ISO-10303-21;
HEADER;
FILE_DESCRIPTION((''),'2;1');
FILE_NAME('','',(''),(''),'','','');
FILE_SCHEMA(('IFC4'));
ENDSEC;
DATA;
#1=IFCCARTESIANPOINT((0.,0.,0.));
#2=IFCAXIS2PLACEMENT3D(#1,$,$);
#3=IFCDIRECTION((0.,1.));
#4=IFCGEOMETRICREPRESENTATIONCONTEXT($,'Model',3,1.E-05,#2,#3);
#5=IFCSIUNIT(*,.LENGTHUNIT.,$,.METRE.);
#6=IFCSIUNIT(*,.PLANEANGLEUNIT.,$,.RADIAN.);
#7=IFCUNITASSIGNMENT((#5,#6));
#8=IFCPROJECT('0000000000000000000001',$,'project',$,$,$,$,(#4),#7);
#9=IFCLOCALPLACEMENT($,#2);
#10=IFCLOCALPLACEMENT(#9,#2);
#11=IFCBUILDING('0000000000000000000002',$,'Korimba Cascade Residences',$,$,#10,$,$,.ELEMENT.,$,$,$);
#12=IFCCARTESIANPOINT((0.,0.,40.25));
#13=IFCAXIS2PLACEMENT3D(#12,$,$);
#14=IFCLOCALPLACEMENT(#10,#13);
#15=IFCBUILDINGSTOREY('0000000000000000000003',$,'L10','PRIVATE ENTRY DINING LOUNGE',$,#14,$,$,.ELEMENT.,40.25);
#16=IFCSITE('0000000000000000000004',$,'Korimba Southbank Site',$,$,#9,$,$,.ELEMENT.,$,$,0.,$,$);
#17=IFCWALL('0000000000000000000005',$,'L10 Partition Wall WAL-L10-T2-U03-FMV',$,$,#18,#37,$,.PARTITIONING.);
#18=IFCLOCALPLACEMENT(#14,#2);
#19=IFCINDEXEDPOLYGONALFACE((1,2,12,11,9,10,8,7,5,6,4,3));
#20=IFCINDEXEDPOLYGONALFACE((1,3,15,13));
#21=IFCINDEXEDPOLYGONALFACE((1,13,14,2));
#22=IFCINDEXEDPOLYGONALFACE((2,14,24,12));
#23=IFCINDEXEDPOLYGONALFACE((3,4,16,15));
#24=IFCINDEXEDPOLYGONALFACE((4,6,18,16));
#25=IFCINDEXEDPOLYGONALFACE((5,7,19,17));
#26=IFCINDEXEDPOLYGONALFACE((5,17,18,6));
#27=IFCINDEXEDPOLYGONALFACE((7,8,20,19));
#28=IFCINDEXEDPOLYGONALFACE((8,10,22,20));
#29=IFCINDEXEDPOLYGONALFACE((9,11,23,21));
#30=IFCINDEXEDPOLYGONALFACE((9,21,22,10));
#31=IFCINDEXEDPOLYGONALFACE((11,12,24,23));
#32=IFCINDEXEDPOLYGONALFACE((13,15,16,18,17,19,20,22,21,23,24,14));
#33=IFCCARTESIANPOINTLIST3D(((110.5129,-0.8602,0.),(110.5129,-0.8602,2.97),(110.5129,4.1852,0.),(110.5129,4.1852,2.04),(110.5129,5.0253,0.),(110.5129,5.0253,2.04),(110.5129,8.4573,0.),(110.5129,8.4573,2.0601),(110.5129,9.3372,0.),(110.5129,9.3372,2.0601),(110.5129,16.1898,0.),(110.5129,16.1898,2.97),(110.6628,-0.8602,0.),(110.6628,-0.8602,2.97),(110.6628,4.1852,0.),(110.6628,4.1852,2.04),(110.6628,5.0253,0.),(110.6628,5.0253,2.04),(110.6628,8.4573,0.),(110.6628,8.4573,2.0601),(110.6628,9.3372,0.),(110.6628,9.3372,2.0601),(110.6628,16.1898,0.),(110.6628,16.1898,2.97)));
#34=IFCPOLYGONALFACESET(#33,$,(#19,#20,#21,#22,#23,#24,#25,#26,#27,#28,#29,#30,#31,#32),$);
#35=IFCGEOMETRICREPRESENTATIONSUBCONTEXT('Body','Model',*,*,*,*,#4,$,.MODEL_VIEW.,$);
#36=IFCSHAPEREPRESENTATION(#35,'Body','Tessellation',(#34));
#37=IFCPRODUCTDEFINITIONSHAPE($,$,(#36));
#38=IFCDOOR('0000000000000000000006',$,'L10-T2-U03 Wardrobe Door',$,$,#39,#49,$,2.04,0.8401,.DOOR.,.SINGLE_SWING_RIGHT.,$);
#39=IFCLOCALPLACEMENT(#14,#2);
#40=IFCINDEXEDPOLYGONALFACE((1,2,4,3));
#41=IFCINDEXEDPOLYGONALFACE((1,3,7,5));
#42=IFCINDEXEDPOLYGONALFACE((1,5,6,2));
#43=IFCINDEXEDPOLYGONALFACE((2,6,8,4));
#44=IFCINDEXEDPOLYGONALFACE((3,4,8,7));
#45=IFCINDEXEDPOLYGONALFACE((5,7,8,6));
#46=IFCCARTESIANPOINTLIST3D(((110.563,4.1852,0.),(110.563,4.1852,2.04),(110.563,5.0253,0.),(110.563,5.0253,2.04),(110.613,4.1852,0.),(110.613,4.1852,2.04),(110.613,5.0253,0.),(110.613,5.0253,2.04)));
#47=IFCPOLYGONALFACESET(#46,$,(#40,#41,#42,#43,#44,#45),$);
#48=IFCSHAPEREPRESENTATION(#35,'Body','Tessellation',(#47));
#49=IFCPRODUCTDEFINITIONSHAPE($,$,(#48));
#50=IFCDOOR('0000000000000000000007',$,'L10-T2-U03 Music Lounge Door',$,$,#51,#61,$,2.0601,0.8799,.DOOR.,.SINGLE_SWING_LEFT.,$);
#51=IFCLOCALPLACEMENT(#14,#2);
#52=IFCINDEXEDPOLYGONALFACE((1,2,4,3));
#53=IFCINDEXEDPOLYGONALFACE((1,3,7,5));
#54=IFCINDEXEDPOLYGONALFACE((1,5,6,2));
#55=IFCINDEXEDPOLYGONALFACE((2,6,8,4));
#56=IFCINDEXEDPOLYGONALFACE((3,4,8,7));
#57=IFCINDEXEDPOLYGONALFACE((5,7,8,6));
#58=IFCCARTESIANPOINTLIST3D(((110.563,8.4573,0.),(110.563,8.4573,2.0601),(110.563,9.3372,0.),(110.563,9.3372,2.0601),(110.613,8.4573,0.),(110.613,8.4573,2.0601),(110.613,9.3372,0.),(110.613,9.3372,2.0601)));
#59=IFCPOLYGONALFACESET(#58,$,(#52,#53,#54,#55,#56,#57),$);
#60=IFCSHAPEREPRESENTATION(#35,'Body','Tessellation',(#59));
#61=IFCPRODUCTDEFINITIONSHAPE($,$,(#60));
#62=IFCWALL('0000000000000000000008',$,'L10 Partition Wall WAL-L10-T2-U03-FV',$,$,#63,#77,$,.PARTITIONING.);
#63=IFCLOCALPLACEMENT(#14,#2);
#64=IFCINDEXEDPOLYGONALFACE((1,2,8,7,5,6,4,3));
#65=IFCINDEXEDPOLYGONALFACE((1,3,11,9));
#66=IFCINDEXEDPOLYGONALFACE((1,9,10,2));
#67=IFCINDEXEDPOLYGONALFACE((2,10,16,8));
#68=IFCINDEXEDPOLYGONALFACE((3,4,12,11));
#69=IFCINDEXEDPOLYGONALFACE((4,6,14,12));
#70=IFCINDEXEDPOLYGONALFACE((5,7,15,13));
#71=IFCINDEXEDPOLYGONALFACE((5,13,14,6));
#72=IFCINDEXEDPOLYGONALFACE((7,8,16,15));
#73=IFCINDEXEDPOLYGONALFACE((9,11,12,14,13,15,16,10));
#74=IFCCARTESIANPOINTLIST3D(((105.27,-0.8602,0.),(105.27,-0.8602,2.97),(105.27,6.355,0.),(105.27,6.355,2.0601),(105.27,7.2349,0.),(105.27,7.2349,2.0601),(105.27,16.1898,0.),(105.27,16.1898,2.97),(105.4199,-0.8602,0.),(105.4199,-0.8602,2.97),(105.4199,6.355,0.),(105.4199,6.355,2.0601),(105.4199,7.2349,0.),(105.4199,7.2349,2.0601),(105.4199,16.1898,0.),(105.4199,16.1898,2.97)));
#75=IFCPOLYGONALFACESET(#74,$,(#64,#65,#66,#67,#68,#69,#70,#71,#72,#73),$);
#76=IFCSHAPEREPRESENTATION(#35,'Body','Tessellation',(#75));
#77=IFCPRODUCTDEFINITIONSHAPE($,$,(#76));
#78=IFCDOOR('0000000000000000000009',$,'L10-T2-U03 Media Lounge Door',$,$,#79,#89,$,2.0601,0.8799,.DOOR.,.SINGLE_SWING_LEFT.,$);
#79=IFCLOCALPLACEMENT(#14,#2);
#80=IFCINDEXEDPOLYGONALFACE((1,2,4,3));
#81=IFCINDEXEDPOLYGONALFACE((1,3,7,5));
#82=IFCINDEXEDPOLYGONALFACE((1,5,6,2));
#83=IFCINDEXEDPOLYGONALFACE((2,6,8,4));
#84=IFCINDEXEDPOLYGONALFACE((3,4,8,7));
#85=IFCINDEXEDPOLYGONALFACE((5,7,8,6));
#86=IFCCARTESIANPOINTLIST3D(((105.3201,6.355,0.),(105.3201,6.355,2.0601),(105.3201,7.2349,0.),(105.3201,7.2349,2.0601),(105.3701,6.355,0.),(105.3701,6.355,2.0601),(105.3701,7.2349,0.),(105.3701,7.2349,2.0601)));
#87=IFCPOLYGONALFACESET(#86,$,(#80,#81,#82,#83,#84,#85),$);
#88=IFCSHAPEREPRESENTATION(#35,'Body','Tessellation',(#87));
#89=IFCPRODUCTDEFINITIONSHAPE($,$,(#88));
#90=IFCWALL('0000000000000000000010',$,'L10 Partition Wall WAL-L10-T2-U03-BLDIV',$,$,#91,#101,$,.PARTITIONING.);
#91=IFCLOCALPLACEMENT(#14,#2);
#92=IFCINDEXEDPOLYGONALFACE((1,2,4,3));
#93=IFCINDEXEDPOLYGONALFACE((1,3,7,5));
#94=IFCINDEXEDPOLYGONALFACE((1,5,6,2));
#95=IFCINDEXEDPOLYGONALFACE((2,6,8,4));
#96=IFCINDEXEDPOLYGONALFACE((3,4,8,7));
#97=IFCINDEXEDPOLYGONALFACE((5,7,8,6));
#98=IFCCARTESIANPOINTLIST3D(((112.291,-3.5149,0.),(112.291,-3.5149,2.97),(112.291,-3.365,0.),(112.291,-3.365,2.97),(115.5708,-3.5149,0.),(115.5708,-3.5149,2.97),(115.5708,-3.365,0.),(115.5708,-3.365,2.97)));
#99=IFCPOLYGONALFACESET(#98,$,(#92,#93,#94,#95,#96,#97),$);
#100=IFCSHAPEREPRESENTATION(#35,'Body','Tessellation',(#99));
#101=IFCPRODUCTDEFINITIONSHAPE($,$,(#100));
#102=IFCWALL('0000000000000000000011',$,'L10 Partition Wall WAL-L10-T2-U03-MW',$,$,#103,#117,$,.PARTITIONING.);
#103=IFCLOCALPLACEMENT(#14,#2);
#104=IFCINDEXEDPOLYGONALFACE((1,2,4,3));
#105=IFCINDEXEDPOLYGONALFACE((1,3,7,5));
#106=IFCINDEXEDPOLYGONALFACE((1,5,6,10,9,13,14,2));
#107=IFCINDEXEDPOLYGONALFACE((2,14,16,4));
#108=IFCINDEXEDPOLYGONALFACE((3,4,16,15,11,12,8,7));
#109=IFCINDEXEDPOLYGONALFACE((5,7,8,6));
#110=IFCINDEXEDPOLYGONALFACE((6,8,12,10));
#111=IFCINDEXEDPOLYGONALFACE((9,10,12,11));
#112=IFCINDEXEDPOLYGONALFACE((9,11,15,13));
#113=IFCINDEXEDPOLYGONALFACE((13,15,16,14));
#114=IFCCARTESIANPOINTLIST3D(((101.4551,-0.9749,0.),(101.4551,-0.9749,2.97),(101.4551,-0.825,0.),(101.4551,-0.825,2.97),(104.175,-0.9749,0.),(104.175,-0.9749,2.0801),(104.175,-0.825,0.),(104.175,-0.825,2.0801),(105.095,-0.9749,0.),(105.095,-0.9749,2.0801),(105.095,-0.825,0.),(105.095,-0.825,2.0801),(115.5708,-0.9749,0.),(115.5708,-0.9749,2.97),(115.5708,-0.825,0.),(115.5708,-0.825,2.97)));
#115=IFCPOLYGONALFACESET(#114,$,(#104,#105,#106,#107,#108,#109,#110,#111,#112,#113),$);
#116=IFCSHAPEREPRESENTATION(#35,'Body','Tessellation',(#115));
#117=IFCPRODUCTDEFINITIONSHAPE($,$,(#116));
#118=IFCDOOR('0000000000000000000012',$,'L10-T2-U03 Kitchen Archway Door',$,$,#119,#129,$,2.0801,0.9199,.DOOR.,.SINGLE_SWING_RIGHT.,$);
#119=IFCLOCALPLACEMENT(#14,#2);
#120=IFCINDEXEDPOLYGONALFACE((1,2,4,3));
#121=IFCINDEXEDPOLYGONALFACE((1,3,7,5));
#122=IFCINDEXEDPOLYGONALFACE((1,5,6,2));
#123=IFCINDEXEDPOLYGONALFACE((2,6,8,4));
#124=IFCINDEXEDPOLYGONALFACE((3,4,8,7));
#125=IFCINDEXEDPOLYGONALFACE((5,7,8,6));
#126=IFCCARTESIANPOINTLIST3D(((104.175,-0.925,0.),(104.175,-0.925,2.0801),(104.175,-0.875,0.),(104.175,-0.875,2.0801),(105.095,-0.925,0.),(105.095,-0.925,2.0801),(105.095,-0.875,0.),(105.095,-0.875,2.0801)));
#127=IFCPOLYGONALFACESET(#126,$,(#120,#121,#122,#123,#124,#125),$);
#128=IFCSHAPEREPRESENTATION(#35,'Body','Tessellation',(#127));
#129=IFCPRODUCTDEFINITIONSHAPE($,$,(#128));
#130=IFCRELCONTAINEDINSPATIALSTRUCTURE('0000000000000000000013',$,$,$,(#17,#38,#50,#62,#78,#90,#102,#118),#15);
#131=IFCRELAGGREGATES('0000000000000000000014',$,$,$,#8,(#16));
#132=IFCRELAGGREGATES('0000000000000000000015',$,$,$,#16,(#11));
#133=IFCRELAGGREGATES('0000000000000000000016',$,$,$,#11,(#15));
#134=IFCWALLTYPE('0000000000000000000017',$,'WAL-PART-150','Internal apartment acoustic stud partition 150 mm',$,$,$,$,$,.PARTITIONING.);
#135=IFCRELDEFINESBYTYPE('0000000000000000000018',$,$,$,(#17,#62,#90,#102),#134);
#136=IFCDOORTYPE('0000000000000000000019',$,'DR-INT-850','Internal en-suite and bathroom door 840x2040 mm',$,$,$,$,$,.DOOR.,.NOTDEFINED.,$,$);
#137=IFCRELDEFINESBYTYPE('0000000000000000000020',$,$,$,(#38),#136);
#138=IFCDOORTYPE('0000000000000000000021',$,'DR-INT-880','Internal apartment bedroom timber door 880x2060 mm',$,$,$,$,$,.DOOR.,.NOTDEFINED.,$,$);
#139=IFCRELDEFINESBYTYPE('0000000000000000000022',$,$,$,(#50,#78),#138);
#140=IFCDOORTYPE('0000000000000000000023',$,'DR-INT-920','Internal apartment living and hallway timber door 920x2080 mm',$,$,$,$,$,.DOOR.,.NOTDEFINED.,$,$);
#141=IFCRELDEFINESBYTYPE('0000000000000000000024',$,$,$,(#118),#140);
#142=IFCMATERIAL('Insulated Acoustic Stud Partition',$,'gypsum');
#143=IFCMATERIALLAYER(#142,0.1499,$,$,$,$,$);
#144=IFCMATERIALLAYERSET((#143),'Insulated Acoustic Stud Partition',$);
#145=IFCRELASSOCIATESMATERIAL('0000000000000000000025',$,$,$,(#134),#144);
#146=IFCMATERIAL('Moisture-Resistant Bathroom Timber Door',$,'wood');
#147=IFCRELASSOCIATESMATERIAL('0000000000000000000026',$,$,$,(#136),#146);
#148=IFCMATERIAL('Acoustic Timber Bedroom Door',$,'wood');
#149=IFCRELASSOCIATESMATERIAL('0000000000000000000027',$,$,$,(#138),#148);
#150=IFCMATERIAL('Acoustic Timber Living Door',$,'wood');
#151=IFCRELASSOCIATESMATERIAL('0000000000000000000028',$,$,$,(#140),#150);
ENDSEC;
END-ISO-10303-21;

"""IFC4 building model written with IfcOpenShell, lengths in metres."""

from ifc_helpers import new_model, si_unit, direction, frame, frame_2d, origin, place, context, subcontext, project, spatial, rectangle, extrude, material, layer, layer_set, type_object, element, fill, save


model = new_model("IFC4")

# Units and contexts
model_context = context("Model", 3, precision=1e-05, world=origin(), true_north=direction((0.0, 1.0)))
body_context = subcontext(model_context, "Body", "Model", "MODEL_VIEW")
ifc_project = project(units=[si_unit("LENGTHUNIT", "METRE"), si_unit("PLANEANGLEUNIT", "RADIAN")], contexts=[model_context])

# Site, building, storey
site_placement = place(None, origin())
site = spatial("IfcSite", under=ifc_project, at=site_placement, Name="Korimba Southbank Site", CompositionType="ELEMENT", RefElevation=0.0)
building_placement = place(site_placement, origin())
building = spatial("IfcBuilding", under=site, at=building_placement, Name="Korimba Cascade Residences", CompositionType="ELEMENT")
storey_placement = place(building_placement, frame((0.0, 0.0, 40.25)))
storey = spatial("IfcBuildingStorey", under=building, at=storey_placement, Name="L10", Description="PRIVATE ENTRY DINING LOUNGE", CompositionType="ELEMENT", Elevation=40.25)

# Shared definitions
ifc_material_1 = material(Name="Insulated Acoustic Stud Partition", Category="gypsum")
ifc_layer = layer(ifc_material_1, 0.1499)
ifc_layer_set = layer_set([ifc_layer], Name="Insulated Acoustic Stud Partition")
wall_type = type_object("IfcWallType", Name="WAL-PART-150", Description="Internal apartment acoustic stud partition 150 mm", PredefinedType="PARTITIONING", material=ifc_layer_set)

# Wall, openings, doors
wall_1_placement = place(storey_placement, frame((110.5879, -0.8601, 0.0), z_axis=(0.0, 0.0, 1.0), x_axis=(0.0, 1.0, 0.0)))
wall_1 = element("IfcWall", 1, at=wall_1_placement, inside=storey, type_object=wall_type, Name="L10 Partition Wall WAL-L10-T2-U03-FMV", PredefinedType="PARTITIONING", context=body_context, shape_type="SweptSolid", body=[
    extrude(rectangle(XDim=17.05, YDim=0.1499, at=frame_2d((8.5249, 0.0))), origin(), (0.0, 0.0, 1.0), 2.97),
])
opening_1_placement = place(wall_1_placement, frame((5.0454, 0.0, 0.0)))
opening_1 = element("IfcOpeningElement", 2, at=opening_1_placement, cuts=wall_1, PredefinedType="OPENING", context=body_context, shape_type="SweptSolid", body=[
    extrude(rectangle(XDim=0.8401, YDim=2.04, at=frame_2d((0.4199, 1.02))), frame((0.0, 0.085, 0.0), z_axis=(0.0, -1.0, 0.0), x_axis=(1.0, 0.0, 0.0)), (0.0, 0.0, 1.0), 0.1699),
])
opening_2_placement = place(wall_1_placement, frame((9.3174, 0.0, 0.0)))
opening_2 = element("IfcOpeningElement", 3, at=opening_2_placement, cuts=wall_1, PredefinedType="OPENING", context=body_context, shape_type="SweptSolid", body=[
    extrude(rectangle(XDim=0.8799, YDim=2.0601, at=frame_2d((0.4399, 1.03))), frame((0.0, 0.085, 0.0), z_axis=(0.0, -1.0, 0.0), x_axis=(1.0, 0.0, 0.0)), (0.0, 0.0, 1.0), 0.1699),
])
ifc_material_2 = material(Name="Moisture-Resistant Bathroom Timber Door", Category="wood")
door_type_1 = type_object("IfcDoorType", Name="DR-INT-850", Description="Internal en-suite and bathroom door 840x2040 mm", OperationType="NOTDEFINED", PredefinedType="DOOR", material=ifc_material_2)
door_1_placement = place(opening_1_placement, origin())
door_1 = element("IfcDoor", 4, at=door_1_placement, inside=storey, type_object=door_type_1, Name="L10-T2-U03 Wardrobe Door", OperationType="SINGLE_SWING_RIGHT", OverallHeight=2.04, OverallWidth=0.8401, PredefinedType="DOOR", context=body_context, shape_type="SweptSolid", body=[
    extrude(rectangle(XDim=0.8401, YDim=2.04, at=frame_2d((0.4199, 1.02))), frame((0.0, 0.0249, 0.0), z_axis=(0.0, -1.0, 0.0), x_axis=(1.0, 0.0, 0.0)), (0.0, 0.0, 1.0), 0.05),
])
fill(opening_1, door_1)
ifc_material_3 = material(Name="Acoustic Timber Bedroom Door", Category="wood")
door_type_2 = type_object("IfcDoorType", Name="DR-INT-880", Description="Internal apartment bedroom timber door 880x2060 mm", OperationType="NOTDEFINED", PredefinedType="DOOR", material=ifc_material_3)
door_2_placement = place(opening_2_placement, origin())
door_2 = element("IfcDoor", 5, at=door_2_placement, inside=storey, type_object=door_type_2, Name="L10-T2-U03 Music Lounge Door", OperationType="SINGLE_SWING_LEFT", OverallHeight=2.0601, OverallWidth=0.8799, PredefinedType="DOOR", context=body_context, shape_type="SweptSolid", body=[
    extrude(rectangle(XDim=0.8799, YDim=2.0601, at=frame_2d((0.4399, 1.03))), frame((0.0, 0.0249, 0.0), z_axis=(0.0, -1.0, 0.0), x_axis=(1.0, 0.0, 0.0)), (0.0, 0.0, 1.0), 0.05),
])
fill(opening_2, door_2)

# Wall, opening, door
wall_2_placement = place(storey_placement, frame((105.345, -0.8601, 0.0), z_axis=(0.0, 0.0, 1.0), x_axis=(0.0, 1.0, 0.0)))
wall_2 = element("IfcWall", 6, at=wall_2_placement, inside=storey, type_object=wall_type, Name="L10 Partition Wall WAL-L10-T2-U03-FV", PredefinedType="PARTITIONING", context=body_context, shape_type="SweptSolid", body=[
    extrude(rectangle(XDim=17.05, YDim=0.1499, at=frame_2d((8.5249, 0.0))), origin(), (0.0, 0.0, 1.0), 2.97),
])
opening_3_placement = place(wall_2_placement, frame((7.2151, 0.0, 0.0)))
opening_3 = element("IfcOpeningElement", 7, at=opening_3_placement, cuts=wall_2, PredefinedType="OPENING", context=body_context, shape_type="SweptSolid", body=[
    extrude(rectangle(XDim=0.8799, YDim=2.0601, at=frame_2d((0.4399, 1.03))), frame((0.0, 0.085, 0.0), z_axis=(0.0, -1.0, 0.0), x_axis=(1.0, 0.0, 0.0)), (0.0, 0.0, 1.0), 0.1699),
])
door_3_placement = place(opening_3_placement, origin())
door_3 = element("IfcDoor", 8, at=door_3_placement, inside=storey, type_object=door_type_2, Name="L10-T2-U03 Media Lounge Door", OperationType="SINGLE_SWING_LEFT", OverallHeight=2.0601, OverallWidth=0.8799, PredefinedType="DOOR", context=body_context, shape_type="SweptSolid", body=[
    extrude(rectangle(XDim=0.8799, YDim=2.0601, at=frame_2d((0.4399, 1.03))), frame((0.0, 0.0249, 0.0), z_axis=(0.0, -1.0, 0.0), x_axis=(1.0, 0.0, 0.0)), (0.0, 0.0, 1.0), 0.05),
])
fill(opening_3, door_3)

# Wall
wall_3_placement = place(storey_placement, frame((112.291, -3.4399, 0.0), z_axis=(0.0, 0.0, 1.0), x_axis=(1.0, 0.0, 0.0)))
element("IfcWall", 9, at=wall_3_placement, inside=storey, type_object=wall_type, Name="L10 Partition Wall WAL-L10-T2-U03-BLDIV", PredefinedType="PARTITIONING", context=body_context, shape_type="SweptSolid", body=[
    extrude(rectangle(XDim=3.2798, YDim=0.1499, at=frame_2d((1.6399, 0.0))), origin(), (0.0, 0.0, 1.0), 2.97),
])

# Wall, opening, door
wall_4_placement = place(storey_placement, frame((101.4551, -0.8999, 0.0), z_axis=(0.0, 0.0, 1.0), x_axis=(1.0, 0.0, 0.0)))
wall_4 = element("IfcWall", 10, at=wall_4_placement, inside=storey, type_object=wall_type, Name="L10 Partition Wall WAL-L10-T2-U03-MW", PredefinedType="PARTITIONING", context=body_context, shape_type="SweptSolid", body=[
    extrude(rectangle(XDim=14.1157, YDim=0.1499, at=frame_2d((7.0579, 0.0))), origin(), (0.0, 0.0, 1.0), 2.97),
])
opening_4_placement = place(wall_4_placement, frame((2.72, 0.0, 0.0)))
opening_4 = element("IfcOpeningElement", 11, at=opening_4_placement, cuts=wall_4, PredefinedType="OPENING", context=body_context, shape_type="SweptSolid", body=[
    extrude(rectangle(XDim=0.9199, YDim=2.0801, at=frame_2d((0.46, 1.04))), frame((0.0, 0.085, 0.0), z_axis=(0.0, -1.0, 0.0), x_axis=(1.0, 0.0, 0.0)), (0.0, 0.0, 1.0), 0.1699),
])
ifc_material_4 = material(Name="Acoustic Timber Living Door", Category="wood")
door_type_3 = type_object("IfcDoorType", Name="DR-INT-920", Description="Internal apartment living and hallway timber door 920x2080 mm", OperationType="NOTDEFINED", PredefinedType="DOOR", material=ifc_material_4)
door_4_placement = place(opening_4_placement, origin())
door_4 = element("IfcDoor", 12, at=door_4_placement, inside=storey, type_object=door_type_3, Name="L10-T2-U03 Kitchen Archway Door", OperationType="SINGLE_SWING_RIGHT", OverallHeight=2.0801, OverallWidth=0.9199, PredefinedType="DOOR", context=body_context, shape_type="SweptSolid", body=[
    extrude(rectangle(XDim=0.9199, YDim=2.0801, at=frame_2d((0.46, 1.04))), frame((0.0, 0.0249, 0.0), z_axis=(0.0, -1.0, 0.0), x_axis=(1.0, 0.0, 0.0)), (0.0, 0.0, 1.0), 0.05),
])
fill(opening_4, door_4)

save(model, "model.ifc")
